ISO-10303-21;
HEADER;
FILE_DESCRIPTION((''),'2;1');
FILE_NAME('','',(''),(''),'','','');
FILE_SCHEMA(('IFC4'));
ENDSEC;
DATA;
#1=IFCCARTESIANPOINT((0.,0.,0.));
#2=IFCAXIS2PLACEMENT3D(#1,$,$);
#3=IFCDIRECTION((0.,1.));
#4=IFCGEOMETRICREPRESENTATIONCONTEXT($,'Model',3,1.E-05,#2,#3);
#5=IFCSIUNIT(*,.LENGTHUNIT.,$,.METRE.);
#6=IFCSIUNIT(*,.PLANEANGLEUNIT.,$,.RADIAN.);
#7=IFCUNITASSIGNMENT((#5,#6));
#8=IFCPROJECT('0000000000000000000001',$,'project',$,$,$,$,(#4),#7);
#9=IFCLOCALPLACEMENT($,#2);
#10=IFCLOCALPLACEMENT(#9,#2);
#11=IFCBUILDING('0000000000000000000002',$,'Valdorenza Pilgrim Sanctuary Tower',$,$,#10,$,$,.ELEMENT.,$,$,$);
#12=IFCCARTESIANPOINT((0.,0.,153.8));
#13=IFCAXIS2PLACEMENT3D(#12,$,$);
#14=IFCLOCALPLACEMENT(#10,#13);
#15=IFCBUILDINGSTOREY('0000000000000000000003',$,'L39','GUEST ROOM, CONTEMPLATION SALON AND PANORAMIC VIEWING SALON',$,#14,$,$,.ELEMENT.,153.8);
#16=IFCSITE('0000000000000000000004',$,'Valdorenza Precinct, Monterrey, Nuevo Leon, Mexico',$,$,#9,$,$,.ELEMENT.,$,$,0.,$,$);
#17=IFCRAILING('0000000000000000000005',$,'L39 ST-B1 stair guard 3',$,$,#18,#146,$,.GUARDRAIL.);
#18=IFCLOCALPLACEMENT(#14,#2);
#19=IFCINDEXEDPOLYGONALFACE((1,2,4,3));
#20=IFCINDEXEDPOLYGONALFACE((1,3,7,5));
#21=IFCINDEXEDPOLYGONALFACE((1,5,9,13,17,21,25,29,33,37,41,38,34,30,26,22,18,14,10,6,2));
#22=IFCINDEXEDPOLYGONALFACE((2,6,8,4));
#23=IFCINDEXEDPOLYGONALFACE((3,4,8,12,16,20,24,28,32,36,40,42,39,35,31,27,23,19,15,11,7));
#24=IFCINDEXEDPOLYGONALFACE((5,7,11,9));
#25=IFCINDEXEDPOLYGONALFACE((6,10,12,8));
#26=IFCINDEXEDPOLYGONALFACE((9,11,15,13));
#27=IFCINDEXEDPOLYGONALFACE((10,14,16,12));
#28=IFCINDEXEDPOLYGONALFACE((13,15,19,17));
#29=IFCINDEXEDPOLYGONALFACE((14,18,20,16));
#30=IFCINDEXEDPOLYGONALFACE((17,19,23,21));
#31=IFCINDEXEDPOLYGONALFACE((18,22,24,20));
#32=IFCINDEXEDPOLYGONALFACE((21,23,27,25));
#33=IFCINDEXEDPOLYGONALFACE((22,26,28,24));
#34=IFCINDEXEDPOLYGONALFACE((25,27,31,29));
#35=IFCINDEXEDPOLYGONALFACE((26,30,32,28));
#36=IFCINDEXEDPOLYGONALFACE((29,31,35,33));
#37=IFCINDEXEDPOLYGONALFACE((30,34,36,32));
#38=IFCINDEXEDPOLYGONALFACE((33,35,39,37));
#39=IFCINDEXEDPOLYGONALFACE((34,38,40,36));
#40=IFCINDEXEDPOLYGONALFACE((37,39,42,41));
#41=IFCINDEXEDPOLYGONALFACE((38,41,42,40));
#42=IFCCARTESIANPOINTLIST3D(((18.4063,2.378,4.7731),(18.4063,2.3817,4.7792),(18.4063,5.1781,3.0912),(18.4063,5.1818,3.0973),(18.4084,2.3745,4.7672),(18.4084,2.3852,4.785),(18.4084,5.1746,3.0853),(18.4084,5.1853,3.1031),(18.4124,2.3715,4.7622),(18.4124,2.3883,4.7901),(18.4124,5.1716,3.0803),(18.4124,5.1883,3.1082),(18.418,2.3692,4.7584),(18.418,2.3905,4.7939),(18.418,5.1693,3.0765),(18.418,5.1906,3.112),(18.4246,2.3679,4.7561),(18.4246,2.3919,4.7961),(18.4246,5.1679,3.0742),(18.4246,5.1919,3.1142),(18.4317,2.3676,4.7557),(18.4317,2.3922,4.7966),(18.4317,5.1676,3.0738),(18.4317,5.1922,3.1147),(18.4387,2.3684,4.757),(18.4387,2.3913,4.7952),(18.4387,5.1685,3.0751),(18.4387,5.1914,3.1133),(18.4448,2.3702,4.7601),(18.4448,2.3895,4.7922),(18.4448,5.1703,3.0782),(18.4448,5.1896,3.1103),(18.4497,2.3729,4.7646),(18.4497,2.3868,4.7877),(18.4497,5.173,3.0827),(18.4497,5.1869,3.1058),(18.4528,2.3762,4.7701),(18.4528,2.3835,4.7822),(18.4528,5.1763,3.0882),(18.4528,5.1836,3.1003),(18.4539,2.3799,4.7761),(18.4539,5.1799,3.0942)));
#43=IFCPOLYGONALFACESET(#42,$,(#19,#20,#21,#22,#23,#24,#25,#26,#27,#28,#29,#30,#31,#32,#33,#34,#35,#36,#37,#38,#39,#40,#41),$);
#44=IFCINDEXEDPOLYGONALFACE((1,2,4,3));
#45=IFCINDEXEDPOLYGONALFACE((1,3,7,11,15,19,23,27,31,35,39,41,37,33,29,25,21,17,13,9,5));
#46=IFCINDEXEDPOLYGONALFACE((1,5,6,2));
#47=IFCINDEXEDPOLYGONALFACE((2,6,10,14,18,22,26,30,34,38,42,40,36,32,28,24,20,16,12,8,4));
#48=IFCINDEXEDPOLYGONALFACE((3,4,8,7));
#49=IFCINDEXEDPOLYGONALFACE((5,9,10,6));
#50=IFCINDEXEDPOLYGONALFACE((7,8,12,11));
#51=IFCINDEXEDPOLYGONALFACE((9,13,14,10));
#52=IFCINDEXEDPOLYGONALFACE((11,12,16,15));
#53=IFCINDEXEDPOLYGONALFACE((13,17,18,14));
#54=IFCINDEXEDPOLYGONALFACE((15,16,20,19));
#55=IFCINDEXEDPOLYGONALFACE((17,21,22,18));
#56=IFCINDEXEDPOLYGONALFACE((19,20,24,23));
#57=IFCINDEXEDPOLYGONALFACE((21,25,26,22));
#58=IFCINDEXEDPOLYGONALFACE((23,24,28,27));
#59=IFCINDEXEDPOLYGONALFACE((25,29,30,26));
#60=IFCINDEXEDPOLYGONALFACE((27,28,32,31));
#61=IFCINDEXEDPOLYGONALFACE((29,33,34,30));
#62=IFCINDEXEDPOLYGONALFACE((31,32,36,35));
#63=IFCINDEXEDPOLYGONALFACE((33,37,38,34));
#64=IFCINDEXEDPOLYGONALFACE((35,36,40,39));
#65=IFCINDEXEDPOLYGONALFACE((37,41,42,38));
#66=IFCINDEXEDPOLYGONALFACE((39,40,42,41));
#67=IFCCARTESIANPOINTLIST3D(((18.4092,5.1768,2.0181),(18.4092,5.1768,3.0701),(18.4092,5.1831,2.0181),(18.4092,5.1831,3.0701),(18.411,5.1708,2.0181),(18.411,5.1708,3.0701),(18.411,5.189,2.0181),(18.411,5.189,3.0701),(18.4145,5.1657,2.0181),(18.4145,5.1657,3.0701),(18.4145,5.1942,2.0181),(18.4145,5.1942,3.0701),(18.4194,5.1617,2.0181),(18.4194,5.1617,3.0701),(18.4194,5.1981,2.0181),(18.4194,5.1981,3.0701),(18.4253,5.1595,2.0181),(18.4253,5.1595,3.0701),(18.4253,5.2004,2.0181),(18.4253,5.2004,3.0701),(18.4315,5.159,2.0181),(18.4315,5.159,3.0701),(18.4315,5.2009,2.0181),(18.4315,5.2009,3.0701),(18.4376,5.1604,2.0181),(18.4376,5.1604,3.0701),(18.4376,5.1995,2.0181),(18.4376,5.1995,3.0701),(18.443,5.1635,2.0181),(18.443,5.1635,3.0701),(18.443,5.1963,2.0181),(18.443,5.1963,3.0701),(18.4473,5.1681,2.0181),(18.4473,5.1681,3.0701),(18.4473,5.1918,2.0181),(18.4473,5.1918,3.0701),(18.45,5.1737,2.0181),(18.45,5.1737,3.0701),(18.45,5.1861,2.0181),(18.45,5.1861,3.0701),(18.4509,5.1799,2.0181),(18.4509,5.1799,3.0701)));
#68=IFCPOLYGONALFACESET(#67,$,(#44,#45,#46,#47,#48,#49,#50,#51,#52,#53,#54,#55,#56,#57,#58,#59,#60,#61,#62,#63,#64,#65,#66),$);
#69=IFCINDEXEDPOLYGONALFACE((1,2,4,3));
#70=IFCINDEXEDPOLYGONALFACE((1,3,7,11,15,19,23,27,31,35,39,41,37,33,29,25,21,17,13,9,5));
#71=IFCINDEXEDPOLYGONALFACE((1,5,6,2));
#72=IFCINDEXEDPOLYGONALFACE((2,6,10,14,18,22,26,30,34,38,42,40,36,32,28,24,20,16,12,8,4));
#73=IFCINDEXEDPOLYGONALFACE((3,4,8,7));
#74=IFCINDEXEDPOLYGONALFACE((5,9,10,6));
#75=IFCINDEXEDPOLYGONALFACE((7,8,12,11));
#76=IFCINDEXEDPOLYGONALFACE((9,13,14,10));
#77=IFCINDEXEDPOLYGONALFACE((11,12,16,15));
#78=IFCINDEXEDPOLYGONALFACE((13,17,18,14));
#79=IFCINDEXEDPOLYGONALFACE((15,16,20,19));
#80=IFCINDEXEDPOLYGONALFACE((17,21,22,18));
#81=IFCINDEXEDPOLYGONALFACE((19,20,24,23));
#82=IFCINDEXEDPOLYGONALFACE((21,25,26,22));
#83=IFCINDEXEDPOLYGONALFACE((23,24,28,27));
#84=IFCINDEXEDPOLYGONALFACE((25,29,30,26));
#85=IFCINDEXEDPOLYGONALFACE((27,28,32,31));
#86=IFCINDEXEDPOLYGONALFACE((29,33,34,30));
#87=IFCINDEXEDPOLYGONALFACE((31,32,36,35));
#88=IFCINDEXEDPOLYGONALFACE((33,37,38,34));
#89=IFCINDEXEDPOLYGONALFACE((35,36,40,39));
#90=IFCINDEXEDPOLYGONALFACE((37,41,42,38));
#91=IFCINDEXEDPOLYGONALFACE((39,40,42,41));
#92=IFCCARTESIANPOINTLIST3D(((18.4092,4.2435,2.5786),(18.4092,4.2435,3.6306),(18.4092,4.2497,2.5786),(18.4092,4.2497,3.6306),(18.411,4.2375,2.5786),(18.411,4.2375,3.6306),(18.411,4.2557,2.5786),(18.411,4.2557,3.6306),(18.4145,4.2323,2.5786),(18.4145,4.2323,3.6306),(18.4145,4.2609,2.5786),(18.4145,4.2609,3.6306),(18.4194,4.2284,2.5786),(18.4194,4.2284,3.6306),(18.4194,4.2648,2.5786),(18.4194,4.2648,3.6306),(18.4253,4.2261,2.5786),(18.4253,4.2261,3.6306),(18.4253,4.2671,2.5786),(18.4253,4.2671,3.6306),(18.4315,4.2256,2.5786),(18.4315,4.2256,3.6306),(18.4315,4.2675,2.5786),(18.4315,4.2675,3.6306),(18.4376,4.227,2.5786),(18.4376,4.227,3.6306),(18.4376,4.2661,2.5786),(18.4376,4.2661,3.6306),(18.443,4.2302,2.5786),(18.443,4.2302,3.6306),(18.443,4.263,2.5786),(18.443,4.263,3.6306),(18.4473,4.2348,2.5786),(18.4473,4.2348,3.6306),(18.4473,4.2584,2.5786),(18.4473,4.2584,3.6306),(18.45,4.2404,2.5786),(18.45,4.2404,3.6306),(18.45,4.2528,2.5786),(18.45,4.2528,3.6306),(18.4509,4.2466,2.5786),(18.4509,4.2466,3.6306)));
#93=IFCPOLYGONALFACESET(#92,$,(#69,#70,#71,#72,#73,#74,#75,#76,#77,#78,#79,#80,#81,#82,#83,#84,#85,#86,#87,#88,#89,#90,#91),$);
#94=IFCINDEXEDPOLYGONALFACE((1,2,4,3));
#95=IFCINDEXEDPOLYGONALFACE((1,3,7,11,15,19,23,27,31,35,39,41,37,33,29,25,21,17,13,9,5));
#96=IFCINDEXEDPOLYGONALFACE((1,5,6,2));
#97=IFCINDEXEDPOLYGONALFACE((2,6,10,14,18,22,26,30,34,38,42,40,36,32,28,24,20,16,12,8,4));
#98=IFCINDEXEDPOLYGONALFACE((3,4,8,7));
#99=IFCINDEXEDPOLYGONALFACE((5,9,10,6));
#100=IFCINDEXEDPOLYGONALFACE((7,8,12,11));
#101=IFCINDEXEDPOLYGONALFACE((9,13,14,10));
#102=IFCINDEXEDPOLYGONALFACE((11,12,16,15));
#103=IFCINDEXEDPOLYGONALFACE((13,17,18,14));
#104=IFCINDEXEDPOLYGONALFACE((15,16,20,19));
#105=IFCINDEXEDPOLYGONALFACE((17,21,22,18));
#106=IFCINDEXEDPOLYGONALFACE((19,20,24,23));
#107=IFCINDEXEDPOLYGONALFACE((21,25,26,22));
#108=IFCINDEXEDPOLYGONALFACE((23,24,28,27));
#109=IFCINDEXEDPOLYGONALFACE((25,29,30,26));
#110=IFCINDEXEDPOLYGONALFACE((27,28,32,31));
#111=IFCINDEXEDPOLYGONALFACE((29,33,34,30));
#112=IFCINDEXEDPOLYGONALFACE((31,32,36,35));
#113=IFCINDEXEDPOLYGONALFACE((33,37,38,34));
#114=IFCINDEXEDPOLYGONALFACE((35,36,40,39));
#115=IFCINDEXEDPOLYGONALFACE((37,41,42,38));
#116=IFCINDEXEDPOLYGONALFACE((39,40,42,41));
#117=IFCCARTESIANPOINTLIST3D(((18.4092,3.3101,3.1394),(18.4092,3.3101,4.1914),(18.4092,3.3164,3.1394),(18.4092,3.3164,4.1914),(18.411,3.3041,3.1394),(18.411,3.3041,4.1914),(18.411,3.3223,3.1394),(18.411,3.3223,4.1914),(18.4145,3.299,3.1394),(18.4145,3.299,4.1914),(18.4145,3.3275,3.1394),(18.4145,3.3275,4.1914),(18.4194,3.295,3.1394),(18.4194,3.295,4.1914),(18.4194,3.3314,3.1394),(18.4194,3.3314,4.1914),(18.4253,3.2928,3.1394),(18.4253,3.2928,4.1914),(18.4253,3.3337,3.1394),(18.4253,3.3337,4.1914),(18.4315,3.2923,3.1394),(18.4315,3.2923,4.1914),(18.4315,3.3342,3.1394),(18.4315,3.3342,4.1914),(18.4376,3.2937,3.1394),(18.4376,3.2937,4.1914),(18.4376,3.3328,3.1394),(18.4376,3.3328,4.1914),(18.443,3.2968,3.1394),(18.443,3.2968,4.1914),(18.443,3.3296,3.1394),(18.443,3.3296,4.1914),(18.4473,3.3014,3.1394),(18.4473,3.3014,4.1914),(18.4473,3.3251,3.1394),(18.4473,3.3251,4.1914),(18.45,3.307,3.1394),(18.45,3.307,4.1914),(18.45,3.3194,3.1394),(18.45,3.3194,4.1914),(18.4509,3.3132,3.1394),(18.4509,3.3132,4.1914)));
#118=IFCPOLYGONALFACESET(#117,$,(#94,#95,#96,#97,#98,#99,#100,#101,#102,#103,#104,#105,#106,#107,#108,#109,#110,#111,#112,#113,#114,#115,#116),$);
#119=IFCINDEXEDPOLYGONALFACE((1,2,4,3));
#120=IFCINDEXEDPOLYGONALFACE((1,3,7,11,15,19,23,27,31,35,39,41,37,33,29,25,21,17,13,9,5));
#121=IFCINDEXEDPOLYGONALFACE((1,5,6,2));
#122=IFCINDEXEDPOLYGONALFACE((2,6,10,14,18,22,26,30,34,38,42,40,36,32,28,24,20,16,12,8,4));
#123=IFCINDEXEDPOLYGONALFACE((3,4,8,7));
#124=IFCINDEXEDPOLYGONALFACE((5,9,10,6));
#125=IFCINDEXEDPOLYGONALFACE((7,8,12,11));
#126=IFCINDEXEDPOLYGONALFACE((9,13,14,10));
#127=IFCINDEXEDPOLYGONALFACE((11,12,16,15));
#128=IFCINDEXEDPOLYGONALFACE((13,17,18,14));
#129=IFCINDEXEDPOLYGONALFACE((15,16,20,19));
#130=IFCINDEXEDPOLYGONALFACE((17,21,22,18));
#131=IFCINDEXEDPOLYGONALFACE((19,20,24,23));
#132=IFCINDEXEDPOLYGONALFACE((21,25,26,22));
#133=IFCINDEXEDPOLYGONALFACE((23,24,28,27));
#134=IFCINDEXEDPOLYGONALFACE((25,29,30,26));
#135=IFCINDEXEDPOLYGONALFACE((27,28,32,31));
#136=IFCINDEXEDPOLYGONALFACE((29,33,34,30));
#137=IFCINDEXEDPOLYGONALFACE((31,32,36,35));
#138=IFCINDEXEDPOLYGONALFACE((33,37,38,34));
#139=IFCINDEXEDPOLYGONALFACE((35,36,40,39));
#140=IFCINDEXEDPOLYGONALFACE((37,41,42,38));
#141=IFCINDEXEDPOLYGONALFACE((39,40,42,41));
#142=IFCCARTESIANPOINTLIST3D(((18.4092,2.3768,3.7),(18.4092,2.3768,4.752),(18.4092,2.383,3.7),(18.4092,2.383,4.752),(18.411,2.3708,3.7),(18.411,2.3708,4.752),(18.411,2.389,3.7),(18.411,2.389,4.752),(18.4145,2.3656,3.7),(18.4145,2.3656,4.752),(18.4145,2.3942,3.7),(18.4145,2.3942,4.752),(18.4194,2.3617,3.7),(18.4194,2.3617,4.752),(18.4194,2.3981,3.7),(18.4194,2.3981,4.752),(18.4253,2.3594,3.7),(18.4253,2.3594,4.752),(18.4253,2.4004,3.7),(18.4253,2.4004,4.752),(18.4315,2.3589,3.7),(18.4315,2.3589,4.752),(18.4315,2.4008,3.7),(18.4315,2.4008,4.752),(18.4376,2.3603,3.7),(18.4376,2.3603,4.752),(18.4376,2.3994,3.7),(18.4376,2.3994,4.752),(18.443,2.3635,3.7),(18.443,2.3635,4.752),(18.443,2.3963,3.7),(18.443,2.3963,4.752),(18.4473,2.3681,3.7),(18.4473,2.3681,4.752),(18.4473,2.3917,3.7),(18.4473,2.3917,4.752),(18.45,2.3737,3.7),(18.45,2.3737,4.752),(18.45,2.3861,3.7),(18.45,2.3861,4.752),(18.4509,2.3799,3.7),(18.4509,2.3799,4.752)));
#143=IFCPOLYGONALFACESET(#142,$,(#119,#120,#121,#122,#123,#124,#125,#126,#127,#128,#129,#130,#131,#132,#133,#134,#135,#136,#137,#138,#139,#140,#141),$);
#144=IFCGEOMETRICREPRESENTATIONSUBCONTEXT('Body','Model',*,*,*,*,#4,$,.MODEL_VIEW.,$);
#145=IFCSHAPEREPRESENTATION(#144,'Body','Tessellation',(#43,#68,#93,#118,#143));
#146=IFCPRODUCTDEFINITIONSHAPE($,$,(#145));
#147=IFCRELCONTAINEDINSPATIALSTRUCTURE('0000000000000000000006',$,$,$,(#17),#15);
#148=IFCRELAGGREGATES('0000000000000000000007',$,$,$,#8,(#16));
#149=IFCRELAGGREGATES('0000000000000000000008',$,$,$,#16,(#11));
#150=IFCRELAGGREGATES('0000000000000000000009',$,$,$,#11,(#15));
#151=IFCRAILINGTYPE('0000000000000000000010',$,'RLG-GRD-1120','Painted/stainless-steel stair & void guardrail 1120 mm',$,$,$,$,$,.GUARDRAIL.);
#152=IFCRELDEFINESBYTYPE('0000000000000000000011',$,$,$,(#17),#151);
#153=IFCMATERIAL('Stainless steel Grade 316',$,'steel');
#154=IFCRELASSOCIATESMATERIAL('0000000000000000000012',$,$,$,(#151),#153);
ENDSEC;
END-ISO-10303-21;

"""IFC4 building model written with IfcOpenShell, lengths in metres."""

from ifc_helpers import new_model, si_unit, direction, frame, origin, origin_2d, place, context, subcontext, project, spatial, circle, extrude, material, type_object, element, save


model = new_model("IFC4")

# Units and contexts
model_context = context("Model", 3, precision=1e-05, world=origin(), true_north=direction((0.0, 1.0)))
body_context = subcontext(model_context, "Body", "Model", "MODEL_VIEW")
ifc_project = project(units=[si_unit("LENGTHUNIT", "METRE"), si_unit("PLANEANGLEUNIT", "RADIAN")], contexts=[model_context])

# Site, building, storey
site_placement = place(None, origin())
site = spatial("IfcSite", under=ifc_project, at=site_placement, Name="Valdorenza Precinct, Monterrey, Nuevo Leon, Mexico", CompositionType="ELEMENT", RefElevation=0.0)
building_placement = place(site_placement, origin())
building = spatial("IfcBuilding", under=site, at=building_placement, Name="Valdorenza Pilgrim Sanctuary Tower", CompositionType="ELEMENT")
storey_placement = place(building_placement, frame((0.0, 0.0, 153.8)))
storey = spatial("IfcBuildingStorey", under=building, at=storey_placement, Name="L39", Description="GUEST ROOM, CONTEMPLATION SALON AND PANORAMIC VIEWING SALON", CompositionType="ELEMENT", Elevation=153.8)

# Railing
ifc_material_1 = material(Name="Stainless steel Grade 316", Category="steel")
railing_type_1 = type_object("IfcRailingType", Name="RLG-GRD-1120", Description="Painted/stainless-steel stair & void guardrail 1120 mm", PredefinedType="GUARDRAIL", material=ifc_material_1)
railing_1_placement = place(storey_placement, frame((18.4299, 5.1799, 2.0181)))
element("IfcRailing", 1, at=railing_1_placement, inside=storey, type_object=railing_type_1, Name="L39 ST-B1 stair guard 3", PredefinedType="GUARDRAIL", context=body_context, shape_type="SweptSolid", body=[
    extrude(circle(Radius=0.0239, at=origin_2d()), frame((0.0, 0.0, 1.0762), z_axis=(0.0, -0.857242, 0.514913), x_axis=(1.0, 0.0, 0.0)), (0.0, 0.0, 1.0), 3.2664),
    extrude(circle(Radius=0.021, at=origin_2d()), origin(), (0.0, 0.0, 1.0), 1.052),
    extrude(circle(Radius=0.021, at=origin_2d()), frame((0.0, -0.9333, 0.5605)), (0.0, 0.0, 1.0), 1.052),
    extrude(circle(Radius=0.021, at=origin_2d()), frame((0.0, -1.8667, 1.1213)), (0.0, 0.0, 1.0), 1.052),
    extrude(circle(Radius=0.021, at=origin_2d()), frame((0.0, -2.8, 1.6819)), (0.0, 0.0, 1.0), 1.052),
])

save(model, "model.ifc")
